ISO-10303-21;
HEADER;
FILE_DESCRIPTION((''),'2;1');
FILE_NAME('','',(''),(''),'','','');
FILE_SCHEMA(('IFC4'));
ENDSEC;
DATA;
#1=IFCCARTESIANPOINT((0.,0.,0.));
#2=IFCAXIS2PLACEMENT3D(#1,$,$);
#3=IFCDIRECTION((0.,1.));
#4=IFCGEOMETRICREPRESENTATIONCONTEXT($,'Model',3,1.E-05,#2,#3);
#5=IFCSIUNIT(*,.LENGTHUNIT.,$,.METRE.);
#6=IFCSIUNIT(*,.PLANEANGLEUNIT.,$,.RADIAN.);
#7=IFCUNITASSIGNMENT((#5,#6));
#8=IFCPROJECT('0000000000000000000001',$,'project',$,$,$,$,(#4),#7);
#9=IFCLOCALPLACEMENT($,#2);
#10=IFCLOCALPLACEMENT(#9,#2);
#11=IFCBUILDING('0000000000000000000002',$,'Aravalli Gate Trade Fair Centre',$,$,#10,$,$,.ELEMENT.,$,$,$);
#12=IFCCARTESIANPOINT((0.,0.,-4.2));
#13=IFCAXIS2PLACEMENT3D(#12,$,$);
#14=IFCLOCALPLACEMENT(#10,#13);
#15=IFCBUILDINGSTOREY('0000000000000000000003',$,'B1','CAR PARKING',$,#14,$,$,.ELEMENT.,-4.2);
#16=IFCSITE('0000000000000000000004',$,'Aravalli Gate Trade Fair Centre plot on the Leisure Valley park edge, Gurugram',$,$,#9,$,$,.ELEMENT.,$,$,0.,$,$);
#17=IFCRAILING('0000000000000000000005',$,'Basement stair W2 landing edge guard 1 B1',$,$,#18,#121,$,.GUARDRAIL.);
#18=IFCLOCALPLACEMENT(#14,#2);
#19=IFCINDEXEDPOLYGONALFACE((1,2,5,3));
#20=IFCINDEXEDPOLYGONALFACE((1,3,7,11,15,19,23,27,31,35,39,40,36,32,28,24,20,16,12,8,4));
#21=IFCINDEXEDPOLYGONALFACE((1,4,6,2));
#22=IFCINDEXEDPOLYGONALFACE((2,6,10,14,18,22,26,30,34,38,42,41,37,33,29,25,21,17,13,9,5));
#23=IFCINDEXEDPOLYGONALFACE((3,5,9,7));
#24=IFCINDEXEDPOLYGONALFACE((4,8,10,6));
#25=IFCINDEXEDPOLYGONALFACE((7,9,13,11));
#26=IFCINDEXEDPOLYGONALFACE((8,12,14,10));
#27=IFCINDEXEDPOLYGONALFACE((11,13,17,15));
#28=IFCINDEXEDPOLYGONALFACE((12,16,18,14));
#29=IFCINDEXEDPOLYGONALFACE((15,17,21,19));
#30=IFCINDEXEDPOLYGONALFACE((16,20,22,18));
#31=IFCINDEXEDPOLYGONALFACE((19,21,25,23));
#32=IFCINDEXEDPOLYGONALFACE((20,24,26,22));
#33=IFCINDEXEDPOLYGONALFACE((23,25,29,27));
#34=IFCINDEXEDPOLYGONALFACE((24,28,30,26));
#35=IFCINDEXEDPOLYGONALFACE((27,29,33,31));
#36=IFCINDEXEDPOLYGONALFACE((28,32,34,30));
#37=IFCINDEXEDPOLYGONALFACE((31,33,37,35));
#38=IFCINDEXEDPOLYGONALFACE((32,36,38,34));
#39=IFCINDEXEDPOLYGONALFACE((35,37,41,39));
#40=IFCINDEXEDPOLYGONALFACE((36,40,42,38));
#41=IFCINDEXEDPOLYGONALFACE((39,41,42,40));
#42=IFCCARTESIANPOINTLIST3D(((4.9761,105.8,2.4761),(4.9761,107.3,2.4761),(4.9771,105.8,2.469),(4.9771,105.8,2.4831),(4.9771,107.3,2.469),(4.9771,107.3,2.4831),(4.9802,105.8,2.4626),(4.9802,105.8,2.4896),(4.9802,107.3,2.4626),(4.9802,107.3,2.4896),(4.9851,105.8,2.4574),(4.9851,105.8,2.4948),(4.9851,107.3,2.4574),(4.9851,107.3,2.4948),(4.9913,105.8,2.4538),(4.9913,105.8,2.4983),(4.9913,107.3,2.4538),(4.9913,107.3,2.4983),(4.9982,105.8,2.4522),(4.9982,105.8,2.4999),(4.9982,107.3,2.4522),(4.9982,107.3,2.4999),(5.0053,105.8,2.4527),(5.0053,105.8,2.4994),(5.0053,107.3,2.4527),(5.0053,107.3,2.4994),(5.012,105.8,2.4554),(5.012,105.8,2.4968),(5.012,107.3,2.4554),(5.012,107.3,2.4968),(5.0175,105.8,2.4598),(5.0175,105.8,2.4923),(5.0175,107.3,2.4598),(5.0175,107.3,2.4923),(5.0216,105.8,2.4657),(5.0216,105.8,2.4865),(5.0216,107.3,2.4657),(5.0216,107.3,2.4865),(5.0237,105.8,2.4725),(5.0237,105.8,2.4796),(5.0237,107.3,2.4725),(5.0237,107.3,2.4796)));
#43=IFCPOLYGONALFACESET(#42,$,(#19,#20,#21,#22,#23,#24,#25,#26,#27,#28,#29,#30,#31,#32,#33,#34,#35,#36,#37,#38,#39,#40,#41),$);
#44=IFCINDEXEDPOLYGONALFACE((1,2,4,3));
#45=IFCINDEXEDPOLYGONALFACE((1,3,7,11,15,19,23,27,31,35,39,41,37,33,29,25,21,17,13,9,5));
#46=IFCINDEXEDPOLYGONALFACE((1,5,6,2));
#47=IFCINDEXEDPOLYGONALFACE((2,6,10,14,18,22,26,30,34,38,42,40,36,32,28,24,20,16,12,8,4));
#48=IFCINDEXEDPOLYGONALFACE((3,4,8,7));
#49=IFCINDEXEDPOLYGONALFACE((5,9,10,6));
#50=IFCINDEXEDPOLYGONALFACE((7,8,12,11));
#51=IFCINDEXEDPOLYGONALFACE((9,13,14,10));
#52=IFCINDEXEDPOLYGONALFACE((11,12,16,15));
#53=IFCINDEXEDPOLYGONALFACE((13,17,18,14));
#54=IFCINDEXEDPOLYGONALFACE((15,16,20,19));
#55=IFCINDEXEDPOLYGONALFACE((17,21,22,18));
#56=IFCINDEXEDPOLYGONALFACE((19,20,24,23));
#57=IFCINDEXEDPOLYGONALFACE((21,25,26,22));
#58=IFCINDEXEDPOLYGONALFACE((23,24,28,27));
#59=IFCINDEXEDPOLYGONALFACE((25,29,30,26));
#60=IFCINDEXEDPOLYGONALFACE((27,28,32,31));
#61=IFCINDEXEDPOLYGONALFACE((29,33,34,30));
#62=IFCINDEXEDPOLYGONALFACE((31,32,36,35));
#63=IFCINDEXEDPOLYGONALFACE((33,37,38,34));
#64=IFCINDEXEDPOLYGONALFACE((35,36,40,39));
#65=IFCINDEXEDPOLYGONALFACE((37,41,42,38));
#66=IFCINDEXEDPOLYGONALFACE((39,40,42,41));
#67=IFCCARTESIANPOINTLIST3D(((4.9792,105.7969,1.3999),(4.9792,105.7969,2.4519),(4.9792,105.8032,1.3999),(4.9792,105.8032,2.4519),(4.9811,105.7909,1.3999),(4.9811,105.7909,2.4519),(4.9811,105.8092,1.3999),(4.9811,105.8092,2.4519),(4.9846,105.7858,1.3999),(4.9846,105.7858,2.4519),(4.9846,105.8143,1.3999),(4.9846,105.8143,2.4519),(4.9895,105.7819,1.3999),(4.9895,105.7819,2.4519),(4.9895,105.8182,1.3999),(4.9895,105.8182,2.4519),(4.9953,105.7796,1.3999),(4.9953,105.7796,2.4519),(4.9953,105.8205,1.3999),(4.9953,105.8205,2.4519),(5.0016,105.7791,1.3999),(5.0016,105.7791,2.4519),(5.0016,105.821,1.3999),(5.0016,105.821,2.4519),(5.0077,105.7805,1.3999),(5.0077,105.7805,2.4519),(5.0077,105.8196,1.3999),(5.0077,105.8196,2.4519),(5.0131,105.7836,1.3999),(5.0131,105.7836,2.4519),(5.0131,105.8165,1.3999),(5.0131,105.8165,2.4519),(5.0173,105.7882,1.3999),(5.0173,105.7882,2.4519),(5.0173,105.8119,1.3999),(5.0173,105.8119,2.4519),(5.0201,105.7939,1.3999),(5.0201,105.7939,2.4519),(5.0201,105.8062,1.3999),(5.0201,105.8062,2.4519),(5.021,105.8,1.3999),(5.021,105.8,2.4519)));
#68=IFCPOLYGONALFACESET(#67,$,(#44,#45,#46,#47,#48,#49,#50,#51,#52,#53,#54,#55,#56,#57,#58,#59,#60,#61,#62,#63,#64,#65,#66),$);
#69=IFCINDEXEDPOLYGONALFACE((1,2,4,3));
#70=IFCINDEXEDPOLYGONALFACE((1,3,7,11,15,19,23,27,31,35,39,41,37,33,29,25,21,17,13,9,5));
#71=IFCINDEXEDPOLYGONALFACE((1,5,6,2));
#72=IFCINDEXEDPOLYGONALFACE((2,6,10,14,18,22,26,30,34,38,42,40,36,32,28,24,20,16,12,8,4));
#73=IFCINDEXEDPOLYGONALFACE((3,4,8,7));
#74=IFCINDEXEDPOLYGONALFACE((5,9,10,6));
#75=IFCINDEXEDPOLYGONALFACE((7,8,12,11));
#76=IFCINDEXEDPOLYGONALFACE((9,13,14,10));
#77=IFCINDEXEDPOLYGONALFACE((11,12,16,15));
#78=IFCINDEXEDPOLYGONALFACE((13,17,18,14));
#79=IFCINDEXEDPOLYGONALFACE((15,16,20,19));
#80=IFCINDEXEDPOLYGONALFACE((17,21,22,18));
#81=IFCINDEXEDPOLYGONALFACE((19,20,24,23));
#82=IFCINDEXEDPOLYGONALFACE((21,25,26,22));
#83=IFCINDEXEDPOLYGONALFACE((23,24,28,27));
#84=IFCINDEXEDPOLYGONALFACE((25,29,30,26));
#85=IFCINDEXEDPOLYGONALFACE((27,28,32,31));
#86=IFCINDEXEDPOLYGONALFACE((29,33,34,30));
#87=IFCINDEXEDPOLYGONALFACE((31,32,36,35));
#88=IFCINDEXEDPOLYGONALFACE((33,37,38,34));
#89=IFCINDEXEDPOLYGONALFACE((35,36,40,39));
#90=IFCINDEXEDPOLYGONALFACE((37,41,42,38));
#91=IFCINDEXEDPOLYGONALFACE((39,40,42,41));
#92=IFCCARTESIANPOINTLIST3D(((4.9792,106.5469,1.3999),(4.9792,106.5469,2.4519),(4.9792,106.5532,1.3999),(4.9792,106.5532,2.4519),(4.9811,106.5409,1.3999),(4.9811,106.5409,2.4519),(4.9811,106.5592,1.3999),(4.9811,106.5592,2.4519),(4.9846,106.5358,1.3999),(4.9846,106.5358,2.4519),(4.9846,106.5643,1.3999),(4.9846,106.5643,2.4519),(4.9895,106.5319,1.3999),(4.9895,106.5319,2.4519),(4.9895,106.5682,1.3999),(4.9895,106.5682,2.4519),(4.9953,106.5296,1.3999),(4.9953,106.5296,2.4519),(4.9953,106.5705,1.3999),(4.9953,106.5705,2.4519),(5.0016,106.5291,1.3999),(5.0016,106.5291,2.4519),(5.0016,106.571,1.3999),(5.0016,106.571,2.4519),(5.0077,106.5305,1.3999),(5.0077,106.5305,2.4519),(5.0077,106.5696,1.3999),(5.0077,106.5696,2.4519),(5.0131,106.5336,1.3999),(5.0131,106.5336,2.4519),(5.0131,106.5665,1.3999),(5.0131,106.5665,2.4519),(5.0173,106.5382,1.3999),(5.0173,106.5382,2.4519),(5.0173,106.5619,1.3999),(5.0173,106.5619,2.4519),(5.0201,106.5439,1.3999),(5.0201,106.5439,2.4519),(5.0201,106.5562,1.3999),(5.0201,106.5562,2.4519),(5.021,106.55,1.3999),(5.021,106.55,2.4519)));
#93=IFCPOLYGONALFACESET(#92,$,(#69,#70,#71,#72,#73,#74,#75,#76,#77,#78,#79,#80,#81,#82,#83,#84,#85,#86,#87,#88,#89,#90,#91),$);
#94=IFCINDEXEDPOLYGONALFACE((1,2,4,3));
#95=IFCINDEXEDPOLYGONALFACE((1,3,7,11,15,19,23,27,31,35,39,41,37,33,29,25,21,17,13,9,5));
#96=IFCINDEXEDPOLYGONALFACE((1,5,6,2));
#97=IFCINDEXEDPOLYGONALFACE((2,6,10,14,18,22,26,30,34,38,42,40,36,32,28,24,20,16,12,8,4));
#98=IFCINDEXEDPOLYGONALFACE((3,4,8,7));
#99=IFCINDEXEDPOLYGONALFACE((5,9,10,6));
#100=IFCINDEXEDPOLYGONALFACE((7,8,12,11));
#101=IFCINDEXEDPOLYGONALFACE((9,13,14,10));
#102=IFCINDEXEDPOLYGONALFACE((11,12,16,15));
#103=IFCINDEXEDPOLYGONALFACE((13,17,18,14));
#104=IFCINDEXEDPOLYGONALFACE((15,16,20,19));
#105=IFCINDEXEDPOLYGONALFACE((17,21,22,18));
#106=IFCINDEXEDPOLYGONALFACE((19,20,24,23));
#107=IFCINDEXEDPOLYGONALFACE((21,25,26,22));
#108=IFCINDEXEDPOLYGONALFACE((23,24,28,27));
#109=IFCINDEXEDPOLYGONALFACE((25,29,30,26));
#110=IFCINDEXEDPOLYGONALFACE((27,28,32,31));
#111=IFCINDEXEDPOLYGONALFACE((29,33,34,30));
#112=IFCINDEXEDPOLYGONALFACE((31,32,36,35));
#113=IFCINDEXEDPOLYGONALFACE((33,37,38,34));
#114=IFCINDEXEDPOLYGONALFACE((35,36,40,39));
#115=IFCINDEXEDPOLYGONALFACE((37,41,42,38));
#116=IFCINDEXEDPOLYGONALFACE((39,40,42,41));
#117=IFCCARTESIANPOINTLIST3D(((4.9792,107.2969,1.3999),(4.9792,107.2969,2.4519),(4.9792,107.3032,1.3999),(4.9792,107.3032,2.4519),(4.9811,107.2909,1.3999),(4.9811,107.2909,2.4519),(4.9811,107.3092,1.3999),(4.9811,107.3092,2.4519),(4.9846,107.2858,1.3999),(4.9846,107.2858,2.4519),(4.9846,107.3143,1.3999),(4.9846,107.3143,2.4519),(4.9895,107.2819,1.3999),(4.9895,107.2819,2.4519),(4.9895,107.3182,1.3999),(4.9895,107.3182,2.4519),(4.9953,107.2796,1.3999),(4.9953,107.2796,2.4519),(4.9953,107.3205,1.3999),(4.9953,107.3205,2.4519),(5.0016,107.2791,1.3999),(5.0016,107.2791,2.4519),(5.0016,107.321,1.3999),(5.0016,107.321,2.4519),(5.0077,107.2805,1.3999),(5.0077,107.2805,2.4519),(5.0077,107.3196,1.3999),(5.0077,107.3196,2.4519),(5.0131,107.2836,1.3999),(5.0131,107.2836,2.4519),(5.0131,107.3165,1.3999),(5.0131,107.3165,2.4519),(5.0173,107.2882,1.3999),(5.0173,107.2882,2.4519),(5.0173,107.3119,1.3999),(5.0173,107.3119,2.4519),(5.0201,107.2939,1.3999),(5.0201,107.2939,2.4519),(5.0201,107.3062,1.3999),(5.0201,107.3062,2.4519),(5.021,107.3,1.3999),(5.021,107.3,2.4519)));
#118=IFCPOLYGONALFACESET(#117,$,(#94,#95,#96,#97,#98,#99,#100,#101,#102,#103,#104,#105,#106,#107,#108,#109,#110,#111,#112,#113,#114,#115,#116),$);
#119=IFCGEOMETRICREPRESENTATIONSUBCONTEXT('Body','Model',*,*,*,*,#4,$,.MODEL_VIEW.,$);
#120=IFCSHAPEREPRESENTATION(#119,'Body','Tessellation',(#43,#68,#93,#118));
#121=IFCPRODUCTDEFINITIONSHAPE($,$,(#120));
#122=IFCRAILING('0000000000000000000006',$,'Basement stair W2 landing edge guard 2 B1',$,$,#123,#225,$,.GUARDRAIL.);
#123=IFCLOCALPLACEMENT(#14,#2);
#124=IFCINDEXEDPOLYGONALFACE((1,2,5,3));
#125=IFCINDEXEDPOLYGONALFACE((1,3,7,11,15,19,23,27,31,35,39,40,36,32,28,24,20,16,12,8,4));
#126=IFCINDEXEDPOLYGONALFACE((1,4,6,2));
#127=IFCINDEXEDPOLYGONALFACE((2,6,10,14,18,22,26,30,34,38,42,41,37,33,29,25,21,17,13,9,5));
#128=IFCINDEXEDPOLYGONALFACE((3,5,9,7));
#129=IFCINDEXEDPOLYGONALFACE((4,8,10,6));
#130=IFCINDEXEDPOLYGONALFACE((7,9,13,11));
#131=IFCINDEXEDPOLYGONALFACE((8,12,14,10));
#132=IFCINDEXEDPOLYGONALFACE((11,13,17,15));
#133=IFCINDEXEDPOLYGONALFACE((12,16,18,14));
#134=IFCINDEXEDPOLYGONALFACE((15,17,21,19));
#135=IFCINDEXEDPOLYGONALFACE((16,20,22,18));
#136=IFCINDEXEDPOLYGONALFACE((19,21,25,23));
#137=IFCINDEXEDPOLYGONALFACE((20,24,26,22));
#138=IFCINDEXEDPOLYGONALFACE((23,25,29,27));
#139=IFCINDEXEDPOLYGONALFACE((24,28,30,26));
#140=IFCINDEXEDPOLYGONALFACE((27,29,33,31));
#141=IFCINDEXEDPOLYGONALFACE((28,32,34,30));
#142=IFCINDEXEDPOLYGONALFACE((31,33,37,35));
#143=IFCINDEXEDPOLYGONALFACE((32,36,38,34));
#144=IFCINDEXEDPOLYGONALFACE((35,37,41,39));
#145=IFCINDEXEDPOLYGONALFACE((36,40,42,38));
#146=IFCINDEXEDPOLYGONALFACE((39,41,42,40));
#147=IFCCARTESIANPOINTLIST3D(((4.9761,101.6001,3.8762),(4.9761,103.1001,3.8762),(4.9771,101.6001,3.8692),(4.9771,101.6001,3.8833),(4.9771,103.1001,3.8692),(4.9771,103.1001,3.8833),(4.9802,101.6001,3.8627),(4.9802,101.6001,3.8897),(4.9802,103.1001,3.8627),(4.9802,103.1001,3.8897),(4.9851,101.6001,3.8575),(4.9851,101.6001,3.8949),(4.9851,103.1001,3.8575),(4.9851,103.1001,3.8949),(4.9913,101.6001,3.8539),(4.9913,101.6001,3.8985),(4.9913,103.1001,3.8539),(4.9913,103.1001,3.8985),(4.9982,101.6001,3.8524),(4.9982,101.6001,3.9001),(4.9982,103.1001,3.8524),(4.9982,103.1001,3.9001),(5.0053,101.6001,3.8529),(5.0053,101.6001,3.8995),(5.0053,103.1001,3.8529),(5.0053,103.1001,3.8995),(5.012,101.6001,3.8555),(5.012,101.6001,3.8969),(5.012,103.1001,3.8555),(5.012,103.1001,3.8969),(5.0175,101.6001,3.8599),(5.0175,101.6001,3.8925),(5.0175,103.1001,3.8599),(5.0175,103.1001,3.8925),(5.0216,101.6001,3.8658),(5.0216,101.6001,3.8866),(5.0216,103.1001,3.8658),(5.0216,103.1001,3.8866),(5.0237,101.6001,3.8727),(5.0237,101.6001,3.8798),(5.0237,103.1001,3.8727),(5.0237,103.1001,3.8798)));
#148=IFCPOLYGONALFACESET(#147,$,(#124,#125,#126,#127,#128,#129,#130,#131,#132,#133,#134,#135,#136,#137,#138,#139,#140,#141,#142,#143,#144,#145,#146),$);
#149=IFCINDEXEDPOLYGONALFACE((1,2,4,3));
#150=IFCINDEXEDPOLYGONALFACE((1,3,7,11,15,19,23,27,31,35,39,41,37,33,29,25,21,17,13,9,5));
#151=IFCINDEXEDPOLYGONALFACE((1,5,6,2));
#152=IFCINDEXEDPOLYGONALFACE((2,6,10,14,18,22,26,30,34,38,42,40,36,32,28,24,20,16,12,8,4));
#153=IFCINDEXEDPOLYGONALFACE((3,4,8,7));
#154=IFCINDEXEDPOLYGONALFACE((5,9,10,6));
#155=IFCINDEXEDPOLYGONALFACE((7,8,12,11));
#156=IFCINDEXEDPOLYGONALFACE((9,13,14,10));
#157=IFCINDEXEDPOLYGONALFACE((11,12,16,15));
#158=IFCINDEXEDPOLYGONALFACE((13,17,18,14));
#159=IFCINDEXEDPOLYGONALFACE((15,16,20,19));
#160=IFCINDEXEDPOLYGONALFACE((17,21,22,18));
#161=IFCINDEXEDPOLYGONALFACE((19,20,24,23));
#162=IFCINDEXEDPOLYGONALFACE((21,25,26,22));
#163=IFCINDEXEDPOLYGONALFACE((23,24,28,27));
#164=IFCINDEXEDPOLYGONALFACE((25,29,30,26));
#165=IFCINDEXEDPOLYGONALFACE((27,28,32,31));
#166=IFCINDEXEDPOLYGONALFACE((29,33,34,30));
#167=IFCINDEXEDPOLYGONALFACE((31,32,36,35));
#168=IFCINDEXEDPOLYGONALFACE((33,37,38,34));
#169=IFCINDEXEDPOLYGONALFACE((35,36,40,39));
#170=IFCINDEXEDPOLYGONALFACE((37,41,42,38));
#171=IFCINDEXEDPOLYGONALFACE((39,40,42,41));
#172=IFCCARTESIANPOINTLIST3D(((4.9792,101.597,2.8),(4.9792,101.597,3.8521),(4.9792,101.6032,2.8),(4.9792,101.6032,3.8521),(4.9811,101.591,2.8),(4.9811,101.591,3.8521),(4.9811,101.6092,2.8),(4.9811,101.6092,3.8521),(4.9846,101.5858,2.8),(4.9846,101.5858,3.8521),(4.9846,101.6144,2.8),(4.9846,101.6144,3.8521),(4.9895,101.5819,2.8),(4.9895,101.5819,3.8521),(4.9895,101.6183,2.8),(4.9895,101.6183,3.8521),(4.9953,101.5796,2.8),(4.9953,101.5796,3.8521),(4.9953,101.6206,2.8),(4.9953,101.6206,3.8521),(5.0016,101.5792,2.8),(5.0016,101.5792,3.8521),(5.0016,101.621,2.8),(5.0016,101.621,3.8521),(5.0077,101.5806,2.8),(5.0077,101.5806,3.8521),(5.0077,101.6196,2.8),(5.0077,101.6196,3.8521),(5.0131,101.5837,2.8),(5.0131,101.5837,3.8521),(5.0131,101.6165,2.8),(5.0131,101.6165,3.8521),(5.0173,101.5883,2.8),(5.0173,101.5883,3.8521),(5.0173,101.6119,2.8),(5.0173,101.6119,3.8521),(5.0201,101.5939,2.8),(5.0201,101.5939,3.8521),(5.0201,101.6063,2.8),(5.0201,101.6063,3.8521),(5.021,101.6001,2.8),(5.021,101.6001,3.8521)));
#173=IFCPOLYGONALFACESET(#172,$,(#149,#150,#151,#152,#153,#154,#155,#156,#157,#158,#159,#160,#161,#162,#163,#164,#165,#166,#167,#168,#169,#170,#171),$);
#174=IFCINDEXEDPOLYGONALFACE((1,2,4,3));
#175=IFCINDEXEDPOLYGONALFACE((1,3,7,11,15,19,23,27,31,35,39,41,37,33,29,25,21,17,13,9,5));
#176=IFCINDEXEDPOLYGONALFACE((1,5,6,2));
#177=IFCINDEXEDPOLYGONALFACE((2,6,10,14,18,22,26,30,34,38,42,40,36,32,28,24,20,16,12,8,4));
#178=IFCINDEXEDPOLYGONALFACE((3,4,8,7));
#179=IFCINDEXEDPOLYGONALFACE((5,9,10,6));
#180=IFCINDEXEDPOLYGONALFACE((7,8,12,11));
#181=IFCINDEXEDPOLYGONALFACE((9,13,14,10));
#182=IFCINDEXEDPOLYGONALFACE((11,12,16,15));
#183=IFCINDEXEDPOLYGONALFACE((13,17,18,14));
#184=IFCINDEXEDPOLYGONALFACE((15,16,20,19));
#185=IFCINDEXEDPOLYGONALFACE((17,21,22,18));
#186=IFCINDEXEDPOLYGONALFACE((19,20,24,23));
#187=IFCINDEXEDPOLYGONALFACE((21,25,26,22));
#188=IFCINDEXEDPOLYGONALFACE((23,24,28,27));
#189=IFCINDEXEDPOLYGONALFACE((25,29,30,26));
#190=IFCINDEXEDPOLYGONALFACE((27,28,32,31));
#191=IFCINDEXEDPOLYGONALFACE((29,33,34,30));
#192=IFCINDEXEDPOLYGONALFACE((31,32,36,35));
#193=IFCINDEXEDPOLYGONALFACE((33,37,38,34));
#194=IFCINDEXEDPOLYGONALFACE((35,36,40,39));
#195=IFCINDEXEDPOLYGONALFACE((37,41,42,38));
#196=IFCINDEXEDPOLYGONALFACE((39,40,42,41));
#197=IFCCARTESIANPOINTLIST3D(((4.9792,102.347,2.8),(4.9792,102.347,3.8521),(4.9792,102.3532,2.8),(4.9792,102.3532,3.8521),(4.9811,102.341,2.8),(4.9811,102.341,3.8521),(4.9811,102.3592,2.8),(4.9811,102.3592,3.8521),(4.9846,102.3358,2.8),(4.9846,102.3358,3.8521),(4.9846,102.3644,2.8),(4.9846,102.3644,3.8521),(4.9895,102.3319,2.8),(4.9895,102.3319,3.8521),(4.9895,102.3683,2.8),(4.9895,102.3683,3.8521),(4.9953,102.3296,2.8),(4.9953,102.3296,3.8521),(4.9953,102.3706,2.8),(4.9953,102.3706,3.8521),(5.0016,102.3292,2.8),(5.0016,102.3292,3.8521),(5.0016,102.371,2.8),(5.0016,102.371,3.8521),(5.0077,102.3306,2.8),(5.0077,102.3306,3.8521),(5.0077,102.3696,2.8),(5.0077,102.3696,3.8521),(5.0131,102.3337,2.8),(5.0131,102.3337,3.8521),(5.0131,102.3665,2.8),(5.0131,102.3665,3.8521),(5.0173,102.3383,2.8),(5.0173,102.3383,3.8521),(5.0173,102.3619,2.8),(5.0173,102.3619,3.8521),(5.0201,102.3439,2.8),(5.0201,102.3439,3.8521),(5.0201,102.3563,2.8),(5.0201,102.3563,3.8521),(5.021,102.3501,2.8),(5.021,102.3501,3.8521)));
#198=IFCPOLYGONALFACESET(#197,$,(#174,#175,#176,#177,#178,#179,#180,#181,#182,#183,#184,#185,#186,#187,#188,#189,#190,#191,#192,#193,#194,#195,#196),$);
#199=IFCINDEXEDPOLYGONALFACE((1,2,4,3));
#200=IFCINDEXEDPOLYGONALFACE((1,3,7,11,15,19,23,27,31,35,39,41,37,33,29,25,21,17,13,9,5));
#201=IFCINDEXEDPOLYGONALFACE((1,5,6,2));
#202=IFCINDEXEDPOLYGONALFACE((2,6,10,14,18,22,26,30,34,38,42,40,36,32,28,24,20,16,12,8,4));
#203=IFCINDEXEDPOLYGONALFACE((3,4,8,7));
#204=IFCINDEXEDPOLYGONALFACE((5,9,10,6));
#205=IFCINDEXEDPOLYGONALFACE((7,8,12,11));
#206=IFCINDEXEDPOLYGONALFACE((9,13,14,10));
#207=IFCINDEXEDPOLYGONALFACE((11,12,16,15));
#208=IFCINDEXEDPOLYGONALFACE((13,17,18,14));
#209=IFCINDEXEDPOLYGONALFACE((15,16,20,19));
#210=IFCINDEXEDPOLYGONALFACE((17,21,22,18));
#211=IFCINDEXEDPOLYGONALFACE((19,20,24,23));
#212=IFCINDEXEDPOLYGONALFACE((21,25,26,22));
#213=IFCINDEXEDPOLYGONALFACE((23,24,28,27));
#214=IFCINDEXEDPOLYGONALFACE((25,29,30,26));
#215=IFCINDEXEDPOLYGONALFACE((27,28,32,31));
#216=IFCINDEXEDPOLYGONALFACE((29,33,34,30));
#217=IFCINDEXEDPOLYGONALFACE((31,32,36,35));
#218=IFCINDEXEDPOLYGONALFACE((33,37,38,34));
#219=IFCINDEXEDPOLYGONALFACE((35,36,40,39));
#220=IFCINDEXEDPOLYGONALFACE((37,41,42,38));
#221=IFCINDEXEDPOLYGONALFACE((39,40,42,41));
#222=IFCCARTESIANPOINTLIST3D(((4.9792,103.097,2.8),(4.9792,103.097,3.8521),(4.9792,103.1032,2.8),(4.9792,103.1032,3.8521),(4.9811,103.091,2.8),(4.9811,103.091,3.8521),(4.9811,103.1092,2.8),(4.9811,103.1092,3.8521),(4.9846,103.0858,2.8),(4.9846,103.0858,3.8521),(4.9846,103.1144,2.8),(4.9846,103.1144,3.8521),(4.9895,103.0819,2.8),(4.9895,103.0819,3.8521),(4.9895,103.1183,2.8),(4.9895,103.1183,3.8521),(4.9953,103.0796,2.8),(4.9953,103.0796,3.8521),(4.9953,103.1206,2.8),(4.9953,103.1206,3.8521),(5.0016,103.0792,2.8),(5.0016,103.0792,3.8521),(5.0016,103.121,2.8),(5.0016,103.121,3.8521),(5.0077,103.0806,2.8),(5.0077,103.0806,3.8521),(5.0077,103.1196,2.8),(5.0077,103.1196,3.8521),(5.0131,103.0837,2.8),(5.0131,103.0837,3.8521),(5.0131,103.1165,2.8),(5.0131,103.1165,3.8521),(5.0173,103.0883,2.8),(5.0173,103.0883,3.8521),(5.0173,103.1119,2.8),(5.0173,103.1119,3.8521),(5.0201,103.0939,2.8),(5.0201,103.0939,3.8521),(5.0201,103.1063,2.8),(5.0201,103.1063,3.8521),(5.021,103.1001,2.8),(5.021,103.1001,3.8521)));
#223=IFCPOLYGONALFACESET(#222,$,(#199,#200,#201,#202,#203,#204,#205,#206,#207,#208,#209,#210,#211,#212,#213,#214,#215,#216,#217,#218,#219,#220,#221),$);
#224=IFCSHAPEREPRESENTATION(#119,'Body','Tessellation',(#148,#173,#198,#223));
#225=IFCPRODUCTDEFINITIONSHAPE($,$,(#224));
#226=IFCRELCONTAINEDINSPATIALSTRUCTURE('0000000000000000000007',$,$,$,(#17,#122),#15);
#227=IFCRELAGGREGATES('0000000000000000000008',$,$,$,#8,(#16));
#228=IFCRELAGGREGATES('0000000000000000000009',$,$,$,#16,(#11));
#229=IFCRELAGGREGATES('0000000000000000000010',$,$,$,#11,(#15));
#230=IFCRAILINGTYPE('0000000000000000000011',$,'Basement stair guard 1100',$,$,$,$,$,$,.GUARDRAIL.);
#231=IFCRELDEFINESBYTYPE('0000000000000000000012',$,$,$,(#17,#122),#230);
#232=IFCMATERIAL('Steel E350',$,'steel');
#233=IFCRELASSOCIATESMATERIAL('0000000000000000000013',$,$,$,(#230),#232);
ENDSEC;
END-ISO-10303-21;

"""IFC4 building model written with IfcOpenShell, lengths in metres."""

from ifc_helpers import new_model, si_unit, direction, frame, origin, origin_2d, place, context, subcontext, project, spatial, circle, extrude, material, type_object, element, save


model = new_model("IFC4")

# Units and contexts
model_context = context("Model", 3, precision=1e-05, world=origin(), true_north=direction((0.0, 1.0)))
body_context = subcontext(model_context, "Body", "Model", "MODEL_VIEW")
ifc_project = project(units=[si_unit("LENGTHUNIT", "METRE"), si_unit("PLANEANGLEUNIT", "RADIAN")], contexts=[model_context])

# Site, building, storey
site_placement = place(None, origin())
site = spatial("IfcSite", under=ifc_project, at=site_placement, Name="Aravalli Gate Trade Fair Centre plot on the Leisure Valley park edge, Gurugram", CompositionType="ELEMENT", RefElevation=0.0)
building_placement = place(site_placement, origin())
building = spatial("IfcBuilding", under=site, at=building_placement, Name="Aravalli Gate Trade Fair Centre", CompositionType="ELEMENT")
storey_placement = place(building_placement, frame((0.0, 0.0, -4.2)))
storey = spatial("IfcBuildingStorey", under=building, at=storey_placement, Name="B1", Description="CAR PARKING", CompositionType="ELEMENT", Elevation=-4.2)

# Railings
ifc_material_1 = material(Name="Steel E350", Category="steel")
railing_type = type_object("IfcRailingType", Name="Basement stair guard 1100", PredefinedType="GUARDRAIL", material=ifc_material_1)
for number, where, name in (
    (1, (5.0, 105.8, 1.3999), "Basement stair W2 landing edge guard 1 B1"),
    (2, (5.0, 101.6001, 2.8), "Basement stair W2 landing edge guard 2 B1"),
):
    element("IfcRailing", number, at=place(storey_placement, frame(where)), inside=storey, type_object=railing_type, Name=name, PredefinedType="GUARDRAIL", context=body_context, shape_type="SweptSolid", body=[
        extrude(circle(Radius=0.0239, at=origin_2d()), frame((0.0, 0.0, 1.0762), z_axis=(0.0, 1.0, 0.0), x_axis=(-1.0, 0.0, 0.0)), (0.0, 0.0, 1.0), 1.5),
        extrude(circle(Radius=0.021, at=origin_2d()), origin(), (0.0, 0.0, 1.0), 1.052),
        extrude(circle(Radius=0.021, at=origin_2d()), frame((0.0, 0.75, 0.0)), (0.0, 0.0, 1.0), 1.052),
        extrude(circle(Radius=0.021, at=origin_2d()), frame((0.0, 1.5, 0.0)), (0.0, 0.0, 1.0), 1.052),
    ])

save(model, "model.ifc")
